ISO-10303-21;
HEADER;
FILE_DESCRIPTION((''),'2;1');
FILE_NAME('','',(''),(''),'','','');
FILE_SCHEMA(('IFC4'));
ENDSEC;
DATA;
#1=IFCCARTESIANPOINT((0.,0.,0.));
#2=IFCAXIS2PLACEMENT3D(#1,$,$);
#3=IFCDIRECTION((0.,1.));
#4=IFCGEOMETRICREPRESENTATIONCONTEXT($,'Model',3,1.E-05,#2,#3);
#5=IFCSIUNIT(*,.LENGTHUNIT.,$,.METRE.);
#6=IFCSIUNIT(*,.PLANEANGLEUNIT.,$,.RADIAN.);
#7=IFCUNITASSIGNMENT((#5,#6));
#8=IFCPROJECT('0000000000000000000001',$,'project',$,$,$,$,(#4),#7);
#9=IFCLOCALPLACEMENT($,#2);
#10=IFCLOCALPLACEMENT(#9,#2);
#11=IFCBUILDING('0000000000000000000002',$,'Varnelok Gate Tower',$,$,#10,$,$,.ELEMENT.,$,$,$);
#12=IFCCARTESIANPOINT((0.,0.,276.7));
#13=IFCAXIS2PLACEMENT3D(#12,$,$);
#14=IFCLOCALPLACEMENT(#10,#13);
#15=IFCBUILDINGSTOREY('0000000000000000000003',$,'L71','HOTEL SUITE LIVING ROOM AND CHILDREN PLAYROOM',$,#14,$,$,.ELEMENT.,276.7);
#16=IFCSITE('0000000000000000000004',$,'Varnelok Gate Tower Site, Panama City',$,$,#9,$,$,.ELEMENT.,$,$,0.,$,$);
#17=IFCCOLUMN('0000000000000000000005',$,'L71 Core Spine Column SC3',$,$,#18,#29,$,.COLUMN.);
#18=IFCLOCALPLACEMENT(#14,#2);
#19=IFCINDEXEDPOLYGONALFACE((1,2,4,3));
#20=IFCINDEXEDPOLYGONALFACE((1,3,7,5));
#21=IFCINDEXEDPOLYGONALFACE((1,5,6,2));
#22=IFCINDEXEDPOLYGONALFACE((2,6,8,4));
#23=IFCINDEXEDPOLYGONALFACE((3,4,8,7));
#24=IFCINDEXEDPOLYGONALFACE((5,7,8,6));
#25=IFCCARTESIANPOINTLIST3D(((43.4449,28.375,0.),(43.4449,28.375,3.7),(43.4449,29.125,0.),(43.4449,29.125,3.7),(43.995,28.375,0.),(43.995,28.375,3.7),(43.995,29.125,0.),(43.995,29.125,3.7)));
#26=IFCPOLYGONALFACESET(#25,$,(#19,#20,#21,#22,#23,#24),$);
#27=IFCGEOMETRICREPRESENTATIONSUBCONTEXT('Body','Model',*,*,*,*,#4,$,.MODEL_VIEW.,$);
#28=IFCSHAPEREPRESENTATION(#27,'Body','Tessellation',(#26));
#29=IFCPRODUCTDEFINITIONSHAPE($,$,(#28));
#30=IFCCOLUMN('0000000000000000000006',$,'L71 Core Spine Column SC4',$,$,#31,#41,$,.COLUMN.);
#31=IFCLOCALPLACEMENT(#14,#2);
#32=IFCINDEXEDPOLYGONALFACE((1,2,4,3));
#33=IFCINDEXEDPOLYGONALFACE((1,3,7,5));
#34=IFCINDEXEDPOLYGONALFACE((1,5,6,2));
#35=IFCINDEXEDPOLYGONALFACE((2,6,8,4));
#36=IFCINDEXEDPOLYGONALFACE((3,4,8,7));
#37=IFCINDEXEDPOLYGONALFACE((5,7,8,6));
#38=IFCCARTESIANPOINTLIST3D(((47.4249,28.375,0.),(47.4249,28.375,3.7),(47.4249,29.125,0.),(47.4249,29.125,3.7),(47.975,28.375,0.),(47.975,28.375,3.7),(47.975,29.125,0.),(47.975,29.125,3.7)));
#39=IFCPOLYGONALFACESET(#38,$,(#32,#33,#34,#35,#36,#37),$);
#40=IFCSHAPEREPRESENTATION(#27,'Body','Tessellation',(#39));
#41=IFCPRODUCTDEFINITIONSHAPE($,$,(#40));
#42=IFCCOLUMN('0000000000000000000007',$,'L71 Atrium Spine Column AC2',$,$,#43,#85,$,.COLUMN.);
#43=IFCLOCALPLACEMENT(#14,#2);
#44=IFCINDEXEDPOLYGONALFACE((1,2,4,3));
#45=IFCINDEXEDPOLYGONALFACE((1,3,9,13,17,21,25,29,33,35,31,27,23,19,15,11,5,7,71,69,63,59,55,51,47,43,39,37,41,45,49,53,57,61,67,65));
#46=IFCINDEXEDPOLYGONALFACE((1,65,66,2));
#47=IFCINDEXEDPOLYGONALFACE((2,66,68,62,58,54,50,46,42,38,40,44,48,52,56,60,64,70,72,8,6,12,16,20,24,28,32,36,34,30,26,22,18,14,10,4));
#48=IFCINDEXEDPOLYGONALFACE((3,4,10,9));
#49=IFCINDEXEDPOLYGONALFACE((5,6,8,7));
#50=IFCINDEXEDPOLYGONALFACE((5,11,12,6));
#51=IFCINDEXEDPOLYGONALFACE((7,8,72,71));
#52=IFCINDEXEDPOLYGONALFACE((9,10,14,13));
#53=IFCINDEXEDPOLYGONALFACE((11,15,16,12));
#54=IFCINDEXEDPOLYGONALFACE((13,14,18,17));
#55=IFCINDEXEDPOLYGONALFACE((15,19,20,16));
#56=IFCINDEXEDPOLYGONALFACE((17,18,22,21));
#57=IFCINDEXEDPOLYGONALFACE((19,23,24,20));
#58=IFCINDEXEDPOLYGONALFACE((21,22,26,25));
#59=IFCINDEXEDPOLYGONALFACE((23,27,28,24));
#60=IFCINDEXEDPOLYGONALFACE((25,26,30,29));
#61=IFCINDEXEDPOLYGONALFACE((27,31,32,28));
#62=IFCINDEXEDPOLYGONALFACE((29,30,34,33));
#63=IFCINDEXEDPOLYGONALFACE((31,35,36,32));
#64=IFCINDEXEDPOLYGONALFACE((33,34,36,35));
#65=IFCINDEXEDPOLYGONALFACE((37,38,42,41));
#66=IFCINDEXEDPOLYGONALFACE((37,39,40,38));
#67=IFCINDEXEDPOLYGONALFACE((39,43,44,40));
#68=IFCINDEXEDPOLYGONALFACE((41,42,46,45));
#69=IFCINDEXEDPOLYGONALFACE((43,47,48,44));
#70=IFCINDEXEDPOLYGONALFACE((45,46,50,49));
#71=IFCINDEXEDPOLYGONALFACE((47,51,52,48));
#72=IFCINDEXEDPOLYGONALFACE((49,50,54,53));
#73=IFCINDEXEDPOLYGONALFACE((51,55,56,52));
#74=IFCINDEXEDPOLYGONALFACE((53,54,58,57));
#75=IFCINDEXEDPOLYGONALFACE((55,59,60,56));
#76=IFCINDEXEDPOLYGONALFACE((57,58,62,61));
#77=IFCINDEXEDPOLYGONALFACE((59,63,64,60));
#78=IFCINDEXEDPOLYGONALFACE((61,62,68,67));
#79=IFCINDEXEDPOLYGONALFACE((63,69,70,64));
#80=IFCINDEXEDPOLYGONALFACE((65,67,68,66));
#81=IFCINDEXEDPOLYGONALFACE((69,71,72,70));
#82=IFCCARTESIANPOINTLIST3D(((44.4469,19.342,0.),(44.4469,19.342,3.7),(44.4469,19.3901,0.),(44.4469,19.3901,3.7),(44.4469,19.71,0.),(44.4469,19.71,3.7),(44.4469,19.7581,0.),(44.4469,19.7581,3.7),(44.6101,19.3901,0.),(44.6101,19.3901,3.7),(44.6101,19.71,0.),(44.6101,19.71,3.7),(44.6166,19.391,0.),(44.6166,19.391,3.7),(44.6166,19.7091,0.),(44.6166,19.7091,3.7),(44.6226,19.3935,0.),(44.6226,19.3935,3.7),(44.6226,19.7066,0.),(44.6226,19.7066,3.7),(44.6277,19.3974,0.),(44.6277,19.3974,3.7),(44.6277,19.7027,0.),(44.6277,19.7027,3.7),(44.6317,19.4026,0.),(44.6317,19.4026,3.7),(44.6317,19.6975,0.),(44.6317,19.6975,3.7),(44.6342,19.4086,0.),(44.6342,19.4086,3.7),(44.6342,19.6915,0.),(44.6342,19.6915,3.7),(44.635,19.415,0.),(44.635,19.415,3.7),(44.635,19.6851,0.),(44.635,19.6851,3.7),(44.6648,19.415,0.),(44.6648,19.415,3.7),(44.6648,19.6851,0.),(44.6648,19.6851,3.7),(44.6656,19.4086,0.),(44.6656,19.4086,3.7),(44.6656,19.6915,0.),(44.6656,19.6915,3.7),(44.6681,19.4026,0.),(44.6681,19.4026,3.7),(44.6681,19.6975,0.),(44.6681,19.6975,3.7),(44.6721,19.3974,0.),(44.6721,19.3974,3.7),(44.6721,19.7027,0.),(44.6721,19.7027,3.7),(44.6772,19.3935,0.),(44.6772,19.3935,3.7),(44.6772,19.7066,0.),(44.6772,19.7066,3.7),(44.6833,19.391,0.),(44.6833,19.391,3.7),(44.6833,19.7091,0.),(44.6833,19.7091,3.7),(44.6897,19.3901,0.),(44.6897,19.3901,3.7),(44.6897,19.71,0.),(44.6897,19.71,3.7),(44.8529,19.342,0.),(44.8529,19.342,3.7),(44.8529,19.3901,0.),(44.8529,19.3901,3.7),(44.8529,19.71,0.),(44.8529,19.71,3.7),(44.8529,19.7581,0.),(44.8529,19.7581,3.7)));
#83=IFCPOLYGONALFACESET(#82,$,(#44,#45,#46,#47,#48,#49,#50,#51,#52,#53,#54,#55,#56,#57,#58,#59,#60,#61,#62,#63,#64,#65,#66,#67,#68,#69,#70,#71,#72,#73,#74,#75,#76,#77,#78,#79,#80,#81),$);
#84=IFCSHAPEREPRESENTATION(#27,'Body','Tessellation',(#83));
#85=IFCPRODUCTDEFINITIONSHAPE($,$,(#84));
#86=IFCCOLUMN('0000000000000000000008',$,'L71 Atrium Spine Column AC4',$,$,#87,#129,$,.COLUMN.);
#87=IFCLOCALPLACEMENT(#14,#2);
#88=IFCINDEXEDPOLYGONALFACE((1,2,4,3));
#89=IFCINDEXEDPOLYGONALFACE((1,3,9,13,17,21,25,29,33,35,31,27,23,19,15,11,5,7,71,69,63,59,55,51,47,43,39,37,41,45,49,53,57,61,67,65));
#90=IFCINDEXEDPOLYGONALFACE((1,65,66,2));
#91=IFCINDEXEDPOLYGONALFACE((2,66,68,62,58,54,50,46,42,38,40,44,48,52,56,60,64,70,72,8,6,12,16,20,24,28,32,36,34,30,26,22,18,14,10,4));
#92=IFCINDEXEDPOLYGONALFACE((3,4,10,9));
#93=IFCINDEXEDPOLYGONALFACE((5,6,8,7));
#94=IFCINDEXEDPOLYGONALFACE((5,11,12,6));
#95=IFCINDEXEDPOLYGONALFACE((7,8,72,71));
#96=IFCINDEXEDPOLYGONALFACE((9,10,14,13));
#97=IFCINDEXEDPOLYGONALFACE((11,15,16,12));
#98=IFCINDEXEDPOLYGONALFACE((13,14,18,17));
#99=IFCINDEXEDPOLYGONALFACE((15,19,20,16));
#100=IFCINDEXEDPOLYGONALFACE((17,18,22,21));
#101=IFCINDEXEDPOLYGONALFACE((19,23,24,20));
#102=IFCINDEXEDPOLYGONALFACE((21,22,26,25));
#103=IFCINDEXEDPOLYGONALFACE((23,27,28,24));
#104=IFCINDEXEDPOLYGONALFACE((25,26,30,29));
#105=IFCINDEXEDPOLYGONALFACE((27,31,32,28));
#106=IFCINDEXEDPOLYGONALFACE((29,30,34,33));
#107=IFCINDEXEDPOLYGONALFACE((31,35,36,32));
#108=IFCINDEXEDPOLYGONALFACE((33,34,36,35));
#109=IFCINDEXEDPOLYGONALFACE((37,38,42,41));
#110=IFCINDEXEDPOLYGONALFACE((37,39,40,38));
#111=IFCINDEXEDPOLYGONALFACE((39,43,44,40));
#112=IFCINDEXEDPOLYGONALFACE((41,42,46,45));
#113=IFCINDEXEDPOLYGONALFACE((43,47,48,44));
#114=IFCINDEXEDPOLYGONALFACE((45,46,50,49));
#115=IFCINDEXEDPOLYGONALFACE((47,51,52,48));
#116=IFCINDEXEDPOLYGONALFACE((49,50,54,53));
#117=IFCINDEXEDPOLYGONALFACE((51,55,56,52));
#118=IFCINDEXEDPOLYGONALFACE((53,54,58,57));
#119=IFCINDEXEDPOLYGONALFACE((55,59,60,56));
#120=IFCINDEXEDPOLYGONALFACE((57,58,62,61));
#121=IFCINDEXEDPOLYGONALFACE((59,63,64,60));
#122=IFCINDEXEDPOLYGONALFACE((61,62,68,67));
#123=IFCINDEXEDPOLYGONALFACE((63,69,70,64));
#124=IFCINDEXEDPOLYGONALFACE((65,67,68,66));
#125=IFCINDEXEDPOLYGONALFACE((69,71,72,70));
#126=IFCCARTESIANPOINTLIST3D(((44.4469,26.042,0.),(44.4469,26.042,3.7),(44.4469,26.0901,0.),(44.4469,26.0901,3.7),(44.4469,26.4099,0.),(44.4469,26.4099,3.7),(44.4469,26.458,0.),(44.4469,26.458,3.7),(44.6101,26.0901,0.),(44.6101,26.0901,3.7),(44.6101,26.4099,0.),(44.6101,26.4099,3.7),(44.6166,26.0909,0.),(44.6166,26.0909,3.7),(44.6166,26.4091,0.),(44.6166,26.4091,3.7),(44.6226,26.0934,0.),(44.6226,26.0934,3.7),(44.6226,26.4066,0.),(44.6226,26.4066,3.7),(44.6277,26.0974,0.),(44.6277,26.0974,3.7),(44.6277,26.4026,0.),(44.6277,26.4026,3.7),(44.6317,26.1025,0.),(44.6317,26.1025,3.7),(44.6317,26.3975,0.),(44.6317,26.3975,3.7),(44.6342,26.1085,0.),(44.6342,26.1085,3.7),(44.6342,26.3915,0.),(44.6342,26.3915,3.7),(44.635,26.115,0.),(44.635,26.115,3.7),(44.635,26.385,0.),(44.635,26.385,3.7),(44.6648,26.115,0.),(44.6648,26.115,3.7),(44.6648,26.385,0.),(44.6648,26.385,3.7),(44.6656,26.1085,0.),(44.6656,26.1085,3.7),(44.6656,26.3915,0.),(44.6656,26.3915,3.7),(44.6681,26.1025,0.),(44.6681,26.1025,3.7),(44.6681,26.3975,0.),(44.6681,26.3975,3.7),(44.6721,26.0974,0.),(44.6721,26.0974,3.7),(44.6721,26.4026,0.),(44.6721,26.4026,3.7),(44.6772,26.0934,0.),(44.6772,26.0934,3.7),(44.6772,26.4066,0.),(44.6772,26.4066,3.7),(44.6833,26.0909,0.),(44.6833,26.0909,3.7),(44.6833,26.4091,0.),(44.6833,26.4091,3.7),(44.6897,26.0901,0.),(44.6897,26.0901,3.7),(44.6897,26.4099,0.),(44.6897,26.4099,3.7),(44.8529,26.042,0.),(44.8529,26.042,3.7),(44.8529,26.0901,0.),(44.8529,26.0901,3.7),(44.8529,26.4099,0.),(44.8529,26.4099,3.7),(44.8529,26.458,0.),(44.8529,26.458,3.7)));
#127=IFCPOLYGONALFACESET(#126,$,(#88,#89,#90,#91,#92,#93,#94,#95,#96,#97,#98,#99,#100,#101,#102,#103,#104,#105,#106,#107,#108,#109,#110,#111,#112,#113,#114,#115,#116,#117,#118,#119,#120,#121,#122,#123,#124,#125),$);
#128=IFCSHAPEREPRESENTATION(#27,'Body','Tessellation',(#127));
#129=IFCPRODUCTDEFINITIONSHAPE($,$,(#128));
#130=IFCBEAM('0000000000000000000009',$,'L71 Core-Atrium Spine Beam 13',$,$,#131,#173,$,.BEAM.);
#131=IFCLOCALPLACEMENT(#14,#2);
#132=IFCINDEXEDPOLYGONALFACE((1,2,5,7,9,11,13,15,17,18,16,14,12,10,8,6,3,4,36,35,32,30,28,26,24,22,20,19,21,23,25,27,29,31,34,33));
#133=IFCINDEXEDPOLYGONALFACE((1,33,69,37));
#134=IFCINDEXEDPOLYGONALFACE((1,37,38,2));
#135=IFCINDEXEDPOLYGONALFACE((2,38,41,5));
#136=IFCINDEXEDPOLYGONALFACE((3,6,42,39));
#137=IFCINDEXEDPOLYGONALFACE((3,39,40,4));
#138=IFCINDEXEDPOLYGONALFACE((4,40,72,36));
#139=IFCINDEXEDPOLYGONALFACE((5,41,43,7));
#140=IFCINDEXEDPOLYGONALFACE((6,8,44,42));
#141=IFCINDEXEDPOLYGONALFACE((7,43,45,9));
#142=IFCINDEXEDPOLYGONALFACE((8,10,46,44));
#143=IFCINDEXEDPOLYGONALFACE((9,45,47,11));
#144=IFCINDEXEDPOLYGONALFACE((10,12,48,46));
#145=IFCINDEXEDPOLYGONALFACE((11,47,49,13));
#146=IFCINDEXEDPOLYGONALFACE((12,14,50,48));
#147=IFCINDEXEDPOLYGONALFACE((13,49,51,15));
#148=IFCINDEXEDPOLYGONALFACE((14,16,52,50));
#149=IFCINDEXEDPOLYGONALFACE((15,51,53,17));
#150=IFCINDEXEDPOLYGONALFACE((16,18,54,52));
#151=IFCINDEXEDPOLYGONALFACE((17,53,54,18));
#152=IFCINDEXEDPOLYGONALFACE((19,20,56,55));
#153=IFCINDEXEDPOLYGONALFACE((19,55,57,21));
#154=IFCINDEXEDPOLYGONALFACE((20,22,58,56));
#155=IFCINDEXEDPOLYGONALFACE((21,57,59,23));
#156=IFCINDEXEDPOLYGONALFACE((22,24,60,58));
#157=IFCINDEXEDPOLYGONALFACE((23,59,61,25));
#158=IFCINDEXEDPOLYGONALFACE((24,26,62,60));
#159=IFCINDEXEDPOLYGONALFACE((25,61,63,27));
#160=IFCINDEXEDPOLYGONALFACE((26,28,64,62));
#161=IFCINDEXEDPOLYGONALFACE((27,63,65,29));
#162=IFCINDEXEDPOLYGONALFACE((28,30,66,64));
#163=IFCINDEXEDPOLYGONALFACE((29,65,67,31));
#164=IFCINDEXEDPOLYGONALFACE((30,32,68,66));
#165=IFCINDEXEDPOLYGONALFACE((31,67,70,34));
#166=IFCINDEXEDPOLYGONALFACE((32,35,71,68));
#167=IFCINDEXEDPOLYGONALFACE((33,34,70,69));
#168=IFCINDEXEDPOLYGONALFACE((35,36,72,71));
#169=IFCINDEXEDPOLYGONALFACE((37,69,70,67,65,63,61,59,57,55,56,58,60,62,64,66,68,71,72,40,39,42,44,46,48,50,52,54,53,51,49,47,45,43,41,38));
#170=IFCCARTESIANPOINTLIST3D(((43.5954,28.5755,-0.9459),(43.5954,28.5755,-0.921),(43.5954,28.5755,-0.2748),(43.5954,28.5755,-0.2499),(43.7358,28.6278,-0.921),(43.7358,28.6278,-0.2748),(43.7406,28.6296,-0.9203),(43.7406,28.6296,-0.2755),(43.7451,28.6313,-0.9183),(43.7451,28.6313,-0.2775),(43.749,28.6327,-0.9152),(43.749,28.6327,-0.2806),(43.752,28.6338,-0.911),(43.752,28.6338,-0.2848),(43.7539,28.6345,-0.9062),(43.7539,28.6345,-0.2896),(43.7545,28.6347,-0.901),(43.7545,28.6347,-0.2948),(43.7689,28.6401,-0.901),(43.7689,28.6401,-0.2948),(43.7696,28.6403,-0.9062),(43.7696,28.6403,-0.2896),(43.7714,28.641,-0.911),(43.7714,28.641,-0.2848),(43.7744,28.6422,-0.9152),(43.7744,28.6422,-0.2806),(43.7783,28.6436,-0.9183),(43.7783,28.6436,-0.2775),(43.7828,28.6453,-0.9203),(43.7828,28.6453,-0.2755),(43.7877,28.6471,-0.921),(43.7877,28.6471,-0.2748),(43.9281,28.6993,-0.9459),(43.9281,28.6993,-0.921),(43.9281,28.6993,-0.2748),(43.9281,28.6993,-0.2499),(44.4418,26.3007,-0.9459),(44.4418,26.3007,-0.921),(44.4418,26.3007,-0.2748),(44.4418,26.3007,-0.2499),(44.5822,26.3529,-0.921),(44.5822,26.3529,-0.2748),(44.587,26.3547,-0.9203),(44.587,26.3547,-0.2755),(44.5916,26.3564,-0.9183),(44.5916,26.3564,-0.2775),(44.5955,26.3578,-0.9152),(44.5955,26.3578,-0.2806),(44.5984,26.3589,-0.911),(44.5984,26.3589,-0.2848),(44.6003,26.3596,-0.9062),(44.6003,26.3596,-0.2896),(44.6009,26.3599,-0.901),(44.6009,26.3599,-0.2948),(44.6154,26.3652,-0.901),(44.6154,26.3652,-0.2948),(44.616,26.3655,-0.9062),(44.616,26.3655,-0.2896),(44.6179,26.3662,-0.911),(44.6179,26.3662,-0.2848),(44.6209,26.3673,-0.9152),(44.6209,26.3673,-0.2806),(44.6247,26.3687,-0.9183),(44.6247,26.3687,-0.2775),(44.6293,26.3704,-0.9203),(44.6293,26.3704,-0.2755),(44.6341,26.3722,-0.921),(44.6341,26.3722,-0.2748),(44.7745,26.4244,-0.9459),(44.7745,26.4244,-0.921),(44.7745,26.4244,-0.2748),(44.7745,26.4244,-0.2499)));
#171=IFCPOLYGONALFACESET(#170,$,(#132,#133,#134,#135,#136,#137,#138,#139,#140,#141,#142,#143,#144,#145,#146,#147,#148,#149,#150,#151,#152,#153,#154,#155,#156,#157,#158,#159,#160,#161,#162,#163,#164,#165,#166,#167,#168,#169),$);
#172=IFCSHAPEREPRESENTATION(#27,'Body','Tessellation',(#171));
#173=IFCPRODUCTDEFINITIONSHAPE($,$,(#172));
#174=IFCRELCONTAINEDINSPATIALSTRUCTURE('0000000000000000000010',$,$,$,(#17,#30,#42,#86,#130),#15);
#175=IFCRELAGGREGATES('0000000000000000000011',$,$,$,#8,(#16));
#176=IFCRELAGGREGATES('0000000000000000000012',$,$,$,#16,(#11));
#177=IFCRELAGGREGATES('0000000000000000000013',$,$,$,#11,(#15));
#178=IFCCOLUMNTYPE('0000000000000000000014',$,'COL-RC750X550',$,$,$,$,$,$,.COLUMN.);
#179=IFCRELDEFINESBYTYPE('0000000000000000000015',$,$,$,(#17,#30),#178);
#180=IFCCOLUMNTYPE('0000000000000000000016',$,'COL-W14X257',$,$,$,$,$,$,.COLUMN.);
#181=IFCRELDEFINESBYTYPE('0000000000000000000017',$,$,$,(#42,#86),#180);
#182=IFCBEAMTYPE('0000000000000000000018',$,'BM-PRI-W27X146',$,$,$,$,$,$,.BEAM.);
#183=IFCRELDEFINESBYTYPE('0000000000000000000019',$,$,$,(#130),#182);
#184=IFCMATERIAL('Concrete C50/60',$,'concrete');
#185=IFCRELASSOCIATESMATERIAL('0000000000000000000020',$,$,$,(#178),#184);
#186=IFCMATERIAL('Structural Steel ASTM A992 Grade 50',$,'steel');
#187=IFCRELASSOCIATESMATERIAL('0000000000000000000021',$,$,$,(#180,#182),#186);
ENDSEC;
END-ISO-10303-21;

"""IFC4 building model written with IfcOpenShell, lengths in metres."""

from ifc_helpers import new_model, si_unit, direction, frame, origin, origin_2d, place, context, subcontext, project, spatial, rectangle, i_section, extrude, material, material_profile, profile_set, type_object, element, save


model = new_model("IFC4")

# Units and contexts
model_context = context("Model", 3, precision=1e-05, world=origin(), true_north=direction((0.0, 1.0)))
body_context = subcontext(model_context, "Body", "Model", "MODEL_VIEW")
ifc_project = project(units=[si_unit("LENGTHUNIT", "METRE"), si_unit("PLANEANGLEUNIT", "RADIAN")], contexts=[model_context])

# Site, building, storey
site_placement = place(None, origin())
site = spatial("IfcSite", under=ifc_project, at=site_placement, Name="Varnelok Gate Tower Site, Panama City", CompositionType="ELEMENT", RefElevation=0.0)
building_placement = place(site_placement, origin())
building = spatial("IfcBuilding", under=site, at=building_placement, Name="Varnelok Gate Tower", CompositionType="ELEMENT")
storey_placement = place(building_placement, frame((0.0, 0.0, 276.7)))
storey = spatial("IfcBuildingStorey", under=building, at=storey_placement, Name="L71", Description="HOTEL SUITE LIVING ROOM AND CHILDREN PLAYROOM", CompositionType="ELEMENT", Elevation=276.7)

# Columns
ifc_material_1 = material(Name="Concrete C50/60", Category="concrete")
ifc_material_profile_1 = material_profile(ifc_material_1, rectangle(XDim=0.55, YDim=0.75, at=origin_2d()), Name="RC750X550")
ifc_profile_set_1 = profile_set([ifc_material_profile_1], Name="Concrete C50/60")
column_type_1 = type_object("IfcColumnType", Name="COL-RC750X550", PredefinedType="COLUMN", material=ifc_profile_set_1)
for number, where, z_axis, x_axis, name in (
    (1, (43.72, 28.75, 0.0), (0.0, 0.0, 1.0), (1.0, 0.0, 0.0), "L71 Core Spine Column SC3"),
    (2, (47.7, 28.75, 0.0), (0.0, 0.0, 1.0), (1.0, 0.0, 0.0), "L71 Core Spine Column SC4"),
):
    element("IfcColumn", number, at=place(storey_placement, frame(where, z_axis=z_axis, x_axis=x_axis)), inside=storey, type_object=column_type_1, Name=name, PredefinedType="COLUMN", context=body_context, shape_type="SweptSolid", body=[
        extrude(rectangle(XDim=0.55, YDim=0.75, at=origin_2d()), origin(), (0.0, 0.0, 1.0), 3.7),
    ])
ifc_material_2 = material(Name="Structural Steel ASTM A992 Grade 50", Category="steel")
ifc_material_profile_2 = material_profile(ifc_material_2, i_section(OverallWidth=0.406, OverallDepth=0.416, WebThickness=0.0298, FlangeThickness=0.0481, FilletRadius=0.0249, at=origin_2d()), Name="W14X257")
ifc_profile_set_2 = profile_set([ifc_material_profile_2], Name="Structural Steel ASTM A992 Grade 50")
column_type_2 = type_object("IfcColumnType", Name="COL-W14X257", PredefinedType="COLUMN", material=ifc_profile_set_2)
for number, where, z_axis, x_axis, name in (
    (3, (44.6499, 19.55, 0.0), (0.0, 0.0, 1.0), (1.0, 0.0, 0.0), "L71 Atrium Spine Column AC2"),
    (4, (44.6499, 26.25, 0.0), (0.0, 0.0, 1.0), (1.0, 0.0, 0.0), "L71 Atrium Spine Column AC4"),
):
    element("IfcColumn", number, at=place(storey_placement, frame(where, z_axis=z_axis, x_axis=x_axis)), inside=storey, type_object=column_type_2, Name=name, PredefinedType="COLUMN", context=body_context, shape_type="SweptSolid", body=[
        extrude(i_section(OverallWidth=0.406, OverallDepth=0.416, WebThickness=0.0298, FlangeThickness=0.0481, FilletRadius=0.0249, at=origin_2d()), origin(), (0.0, 0.0, 1.0), 3.7),
    ])

# Beam
ifc_material_profile_3 = material_profile(ifc_material_2, i_section(OverallWidth=0.355, OverallDepth=0.696, WebThickness=0.0154, FlangeThickness=0.0249, FilletRadius=0.02, at=origin_2d()), Name="W27X146")
ifc_profile_set_3 = profile_set([ifc_material_profile_3], Name="Structural Steel ASTM A992 Grade 50")
beam_type_1 = type_object("IfcBeamType", Name="BM-PRI-W27X146", PredefinedType="BEAM", material=ifc_profile_set_3)
beam_1_placement = place(storey_placement, frame((44.6082, 26.3625, -0.5979), z_axis=(-0.348719, 0.937227, 0.0), x_axis=(-0.937227, -0.348719, 0.0)))
element("IfcBeam", 5, at=beam_1_placement, inside=storey, type_object=beam_type_1, Name="L71 Core-Atrium Spine Beam 13", PredefinedType="BEAM", context=body_context, shape_type="SweptSolid", body=[
    extrude(i_section(OverallWidth=0.355, OverallDepth=0.696, WebThickness=0.0154, FlangeThickness=0.0249, FilletRadius=0.02, at=origin_2d()), origin(), (0.0, 0.0, 1.0), 2.4272),
])

save(model, "model.ifc")
